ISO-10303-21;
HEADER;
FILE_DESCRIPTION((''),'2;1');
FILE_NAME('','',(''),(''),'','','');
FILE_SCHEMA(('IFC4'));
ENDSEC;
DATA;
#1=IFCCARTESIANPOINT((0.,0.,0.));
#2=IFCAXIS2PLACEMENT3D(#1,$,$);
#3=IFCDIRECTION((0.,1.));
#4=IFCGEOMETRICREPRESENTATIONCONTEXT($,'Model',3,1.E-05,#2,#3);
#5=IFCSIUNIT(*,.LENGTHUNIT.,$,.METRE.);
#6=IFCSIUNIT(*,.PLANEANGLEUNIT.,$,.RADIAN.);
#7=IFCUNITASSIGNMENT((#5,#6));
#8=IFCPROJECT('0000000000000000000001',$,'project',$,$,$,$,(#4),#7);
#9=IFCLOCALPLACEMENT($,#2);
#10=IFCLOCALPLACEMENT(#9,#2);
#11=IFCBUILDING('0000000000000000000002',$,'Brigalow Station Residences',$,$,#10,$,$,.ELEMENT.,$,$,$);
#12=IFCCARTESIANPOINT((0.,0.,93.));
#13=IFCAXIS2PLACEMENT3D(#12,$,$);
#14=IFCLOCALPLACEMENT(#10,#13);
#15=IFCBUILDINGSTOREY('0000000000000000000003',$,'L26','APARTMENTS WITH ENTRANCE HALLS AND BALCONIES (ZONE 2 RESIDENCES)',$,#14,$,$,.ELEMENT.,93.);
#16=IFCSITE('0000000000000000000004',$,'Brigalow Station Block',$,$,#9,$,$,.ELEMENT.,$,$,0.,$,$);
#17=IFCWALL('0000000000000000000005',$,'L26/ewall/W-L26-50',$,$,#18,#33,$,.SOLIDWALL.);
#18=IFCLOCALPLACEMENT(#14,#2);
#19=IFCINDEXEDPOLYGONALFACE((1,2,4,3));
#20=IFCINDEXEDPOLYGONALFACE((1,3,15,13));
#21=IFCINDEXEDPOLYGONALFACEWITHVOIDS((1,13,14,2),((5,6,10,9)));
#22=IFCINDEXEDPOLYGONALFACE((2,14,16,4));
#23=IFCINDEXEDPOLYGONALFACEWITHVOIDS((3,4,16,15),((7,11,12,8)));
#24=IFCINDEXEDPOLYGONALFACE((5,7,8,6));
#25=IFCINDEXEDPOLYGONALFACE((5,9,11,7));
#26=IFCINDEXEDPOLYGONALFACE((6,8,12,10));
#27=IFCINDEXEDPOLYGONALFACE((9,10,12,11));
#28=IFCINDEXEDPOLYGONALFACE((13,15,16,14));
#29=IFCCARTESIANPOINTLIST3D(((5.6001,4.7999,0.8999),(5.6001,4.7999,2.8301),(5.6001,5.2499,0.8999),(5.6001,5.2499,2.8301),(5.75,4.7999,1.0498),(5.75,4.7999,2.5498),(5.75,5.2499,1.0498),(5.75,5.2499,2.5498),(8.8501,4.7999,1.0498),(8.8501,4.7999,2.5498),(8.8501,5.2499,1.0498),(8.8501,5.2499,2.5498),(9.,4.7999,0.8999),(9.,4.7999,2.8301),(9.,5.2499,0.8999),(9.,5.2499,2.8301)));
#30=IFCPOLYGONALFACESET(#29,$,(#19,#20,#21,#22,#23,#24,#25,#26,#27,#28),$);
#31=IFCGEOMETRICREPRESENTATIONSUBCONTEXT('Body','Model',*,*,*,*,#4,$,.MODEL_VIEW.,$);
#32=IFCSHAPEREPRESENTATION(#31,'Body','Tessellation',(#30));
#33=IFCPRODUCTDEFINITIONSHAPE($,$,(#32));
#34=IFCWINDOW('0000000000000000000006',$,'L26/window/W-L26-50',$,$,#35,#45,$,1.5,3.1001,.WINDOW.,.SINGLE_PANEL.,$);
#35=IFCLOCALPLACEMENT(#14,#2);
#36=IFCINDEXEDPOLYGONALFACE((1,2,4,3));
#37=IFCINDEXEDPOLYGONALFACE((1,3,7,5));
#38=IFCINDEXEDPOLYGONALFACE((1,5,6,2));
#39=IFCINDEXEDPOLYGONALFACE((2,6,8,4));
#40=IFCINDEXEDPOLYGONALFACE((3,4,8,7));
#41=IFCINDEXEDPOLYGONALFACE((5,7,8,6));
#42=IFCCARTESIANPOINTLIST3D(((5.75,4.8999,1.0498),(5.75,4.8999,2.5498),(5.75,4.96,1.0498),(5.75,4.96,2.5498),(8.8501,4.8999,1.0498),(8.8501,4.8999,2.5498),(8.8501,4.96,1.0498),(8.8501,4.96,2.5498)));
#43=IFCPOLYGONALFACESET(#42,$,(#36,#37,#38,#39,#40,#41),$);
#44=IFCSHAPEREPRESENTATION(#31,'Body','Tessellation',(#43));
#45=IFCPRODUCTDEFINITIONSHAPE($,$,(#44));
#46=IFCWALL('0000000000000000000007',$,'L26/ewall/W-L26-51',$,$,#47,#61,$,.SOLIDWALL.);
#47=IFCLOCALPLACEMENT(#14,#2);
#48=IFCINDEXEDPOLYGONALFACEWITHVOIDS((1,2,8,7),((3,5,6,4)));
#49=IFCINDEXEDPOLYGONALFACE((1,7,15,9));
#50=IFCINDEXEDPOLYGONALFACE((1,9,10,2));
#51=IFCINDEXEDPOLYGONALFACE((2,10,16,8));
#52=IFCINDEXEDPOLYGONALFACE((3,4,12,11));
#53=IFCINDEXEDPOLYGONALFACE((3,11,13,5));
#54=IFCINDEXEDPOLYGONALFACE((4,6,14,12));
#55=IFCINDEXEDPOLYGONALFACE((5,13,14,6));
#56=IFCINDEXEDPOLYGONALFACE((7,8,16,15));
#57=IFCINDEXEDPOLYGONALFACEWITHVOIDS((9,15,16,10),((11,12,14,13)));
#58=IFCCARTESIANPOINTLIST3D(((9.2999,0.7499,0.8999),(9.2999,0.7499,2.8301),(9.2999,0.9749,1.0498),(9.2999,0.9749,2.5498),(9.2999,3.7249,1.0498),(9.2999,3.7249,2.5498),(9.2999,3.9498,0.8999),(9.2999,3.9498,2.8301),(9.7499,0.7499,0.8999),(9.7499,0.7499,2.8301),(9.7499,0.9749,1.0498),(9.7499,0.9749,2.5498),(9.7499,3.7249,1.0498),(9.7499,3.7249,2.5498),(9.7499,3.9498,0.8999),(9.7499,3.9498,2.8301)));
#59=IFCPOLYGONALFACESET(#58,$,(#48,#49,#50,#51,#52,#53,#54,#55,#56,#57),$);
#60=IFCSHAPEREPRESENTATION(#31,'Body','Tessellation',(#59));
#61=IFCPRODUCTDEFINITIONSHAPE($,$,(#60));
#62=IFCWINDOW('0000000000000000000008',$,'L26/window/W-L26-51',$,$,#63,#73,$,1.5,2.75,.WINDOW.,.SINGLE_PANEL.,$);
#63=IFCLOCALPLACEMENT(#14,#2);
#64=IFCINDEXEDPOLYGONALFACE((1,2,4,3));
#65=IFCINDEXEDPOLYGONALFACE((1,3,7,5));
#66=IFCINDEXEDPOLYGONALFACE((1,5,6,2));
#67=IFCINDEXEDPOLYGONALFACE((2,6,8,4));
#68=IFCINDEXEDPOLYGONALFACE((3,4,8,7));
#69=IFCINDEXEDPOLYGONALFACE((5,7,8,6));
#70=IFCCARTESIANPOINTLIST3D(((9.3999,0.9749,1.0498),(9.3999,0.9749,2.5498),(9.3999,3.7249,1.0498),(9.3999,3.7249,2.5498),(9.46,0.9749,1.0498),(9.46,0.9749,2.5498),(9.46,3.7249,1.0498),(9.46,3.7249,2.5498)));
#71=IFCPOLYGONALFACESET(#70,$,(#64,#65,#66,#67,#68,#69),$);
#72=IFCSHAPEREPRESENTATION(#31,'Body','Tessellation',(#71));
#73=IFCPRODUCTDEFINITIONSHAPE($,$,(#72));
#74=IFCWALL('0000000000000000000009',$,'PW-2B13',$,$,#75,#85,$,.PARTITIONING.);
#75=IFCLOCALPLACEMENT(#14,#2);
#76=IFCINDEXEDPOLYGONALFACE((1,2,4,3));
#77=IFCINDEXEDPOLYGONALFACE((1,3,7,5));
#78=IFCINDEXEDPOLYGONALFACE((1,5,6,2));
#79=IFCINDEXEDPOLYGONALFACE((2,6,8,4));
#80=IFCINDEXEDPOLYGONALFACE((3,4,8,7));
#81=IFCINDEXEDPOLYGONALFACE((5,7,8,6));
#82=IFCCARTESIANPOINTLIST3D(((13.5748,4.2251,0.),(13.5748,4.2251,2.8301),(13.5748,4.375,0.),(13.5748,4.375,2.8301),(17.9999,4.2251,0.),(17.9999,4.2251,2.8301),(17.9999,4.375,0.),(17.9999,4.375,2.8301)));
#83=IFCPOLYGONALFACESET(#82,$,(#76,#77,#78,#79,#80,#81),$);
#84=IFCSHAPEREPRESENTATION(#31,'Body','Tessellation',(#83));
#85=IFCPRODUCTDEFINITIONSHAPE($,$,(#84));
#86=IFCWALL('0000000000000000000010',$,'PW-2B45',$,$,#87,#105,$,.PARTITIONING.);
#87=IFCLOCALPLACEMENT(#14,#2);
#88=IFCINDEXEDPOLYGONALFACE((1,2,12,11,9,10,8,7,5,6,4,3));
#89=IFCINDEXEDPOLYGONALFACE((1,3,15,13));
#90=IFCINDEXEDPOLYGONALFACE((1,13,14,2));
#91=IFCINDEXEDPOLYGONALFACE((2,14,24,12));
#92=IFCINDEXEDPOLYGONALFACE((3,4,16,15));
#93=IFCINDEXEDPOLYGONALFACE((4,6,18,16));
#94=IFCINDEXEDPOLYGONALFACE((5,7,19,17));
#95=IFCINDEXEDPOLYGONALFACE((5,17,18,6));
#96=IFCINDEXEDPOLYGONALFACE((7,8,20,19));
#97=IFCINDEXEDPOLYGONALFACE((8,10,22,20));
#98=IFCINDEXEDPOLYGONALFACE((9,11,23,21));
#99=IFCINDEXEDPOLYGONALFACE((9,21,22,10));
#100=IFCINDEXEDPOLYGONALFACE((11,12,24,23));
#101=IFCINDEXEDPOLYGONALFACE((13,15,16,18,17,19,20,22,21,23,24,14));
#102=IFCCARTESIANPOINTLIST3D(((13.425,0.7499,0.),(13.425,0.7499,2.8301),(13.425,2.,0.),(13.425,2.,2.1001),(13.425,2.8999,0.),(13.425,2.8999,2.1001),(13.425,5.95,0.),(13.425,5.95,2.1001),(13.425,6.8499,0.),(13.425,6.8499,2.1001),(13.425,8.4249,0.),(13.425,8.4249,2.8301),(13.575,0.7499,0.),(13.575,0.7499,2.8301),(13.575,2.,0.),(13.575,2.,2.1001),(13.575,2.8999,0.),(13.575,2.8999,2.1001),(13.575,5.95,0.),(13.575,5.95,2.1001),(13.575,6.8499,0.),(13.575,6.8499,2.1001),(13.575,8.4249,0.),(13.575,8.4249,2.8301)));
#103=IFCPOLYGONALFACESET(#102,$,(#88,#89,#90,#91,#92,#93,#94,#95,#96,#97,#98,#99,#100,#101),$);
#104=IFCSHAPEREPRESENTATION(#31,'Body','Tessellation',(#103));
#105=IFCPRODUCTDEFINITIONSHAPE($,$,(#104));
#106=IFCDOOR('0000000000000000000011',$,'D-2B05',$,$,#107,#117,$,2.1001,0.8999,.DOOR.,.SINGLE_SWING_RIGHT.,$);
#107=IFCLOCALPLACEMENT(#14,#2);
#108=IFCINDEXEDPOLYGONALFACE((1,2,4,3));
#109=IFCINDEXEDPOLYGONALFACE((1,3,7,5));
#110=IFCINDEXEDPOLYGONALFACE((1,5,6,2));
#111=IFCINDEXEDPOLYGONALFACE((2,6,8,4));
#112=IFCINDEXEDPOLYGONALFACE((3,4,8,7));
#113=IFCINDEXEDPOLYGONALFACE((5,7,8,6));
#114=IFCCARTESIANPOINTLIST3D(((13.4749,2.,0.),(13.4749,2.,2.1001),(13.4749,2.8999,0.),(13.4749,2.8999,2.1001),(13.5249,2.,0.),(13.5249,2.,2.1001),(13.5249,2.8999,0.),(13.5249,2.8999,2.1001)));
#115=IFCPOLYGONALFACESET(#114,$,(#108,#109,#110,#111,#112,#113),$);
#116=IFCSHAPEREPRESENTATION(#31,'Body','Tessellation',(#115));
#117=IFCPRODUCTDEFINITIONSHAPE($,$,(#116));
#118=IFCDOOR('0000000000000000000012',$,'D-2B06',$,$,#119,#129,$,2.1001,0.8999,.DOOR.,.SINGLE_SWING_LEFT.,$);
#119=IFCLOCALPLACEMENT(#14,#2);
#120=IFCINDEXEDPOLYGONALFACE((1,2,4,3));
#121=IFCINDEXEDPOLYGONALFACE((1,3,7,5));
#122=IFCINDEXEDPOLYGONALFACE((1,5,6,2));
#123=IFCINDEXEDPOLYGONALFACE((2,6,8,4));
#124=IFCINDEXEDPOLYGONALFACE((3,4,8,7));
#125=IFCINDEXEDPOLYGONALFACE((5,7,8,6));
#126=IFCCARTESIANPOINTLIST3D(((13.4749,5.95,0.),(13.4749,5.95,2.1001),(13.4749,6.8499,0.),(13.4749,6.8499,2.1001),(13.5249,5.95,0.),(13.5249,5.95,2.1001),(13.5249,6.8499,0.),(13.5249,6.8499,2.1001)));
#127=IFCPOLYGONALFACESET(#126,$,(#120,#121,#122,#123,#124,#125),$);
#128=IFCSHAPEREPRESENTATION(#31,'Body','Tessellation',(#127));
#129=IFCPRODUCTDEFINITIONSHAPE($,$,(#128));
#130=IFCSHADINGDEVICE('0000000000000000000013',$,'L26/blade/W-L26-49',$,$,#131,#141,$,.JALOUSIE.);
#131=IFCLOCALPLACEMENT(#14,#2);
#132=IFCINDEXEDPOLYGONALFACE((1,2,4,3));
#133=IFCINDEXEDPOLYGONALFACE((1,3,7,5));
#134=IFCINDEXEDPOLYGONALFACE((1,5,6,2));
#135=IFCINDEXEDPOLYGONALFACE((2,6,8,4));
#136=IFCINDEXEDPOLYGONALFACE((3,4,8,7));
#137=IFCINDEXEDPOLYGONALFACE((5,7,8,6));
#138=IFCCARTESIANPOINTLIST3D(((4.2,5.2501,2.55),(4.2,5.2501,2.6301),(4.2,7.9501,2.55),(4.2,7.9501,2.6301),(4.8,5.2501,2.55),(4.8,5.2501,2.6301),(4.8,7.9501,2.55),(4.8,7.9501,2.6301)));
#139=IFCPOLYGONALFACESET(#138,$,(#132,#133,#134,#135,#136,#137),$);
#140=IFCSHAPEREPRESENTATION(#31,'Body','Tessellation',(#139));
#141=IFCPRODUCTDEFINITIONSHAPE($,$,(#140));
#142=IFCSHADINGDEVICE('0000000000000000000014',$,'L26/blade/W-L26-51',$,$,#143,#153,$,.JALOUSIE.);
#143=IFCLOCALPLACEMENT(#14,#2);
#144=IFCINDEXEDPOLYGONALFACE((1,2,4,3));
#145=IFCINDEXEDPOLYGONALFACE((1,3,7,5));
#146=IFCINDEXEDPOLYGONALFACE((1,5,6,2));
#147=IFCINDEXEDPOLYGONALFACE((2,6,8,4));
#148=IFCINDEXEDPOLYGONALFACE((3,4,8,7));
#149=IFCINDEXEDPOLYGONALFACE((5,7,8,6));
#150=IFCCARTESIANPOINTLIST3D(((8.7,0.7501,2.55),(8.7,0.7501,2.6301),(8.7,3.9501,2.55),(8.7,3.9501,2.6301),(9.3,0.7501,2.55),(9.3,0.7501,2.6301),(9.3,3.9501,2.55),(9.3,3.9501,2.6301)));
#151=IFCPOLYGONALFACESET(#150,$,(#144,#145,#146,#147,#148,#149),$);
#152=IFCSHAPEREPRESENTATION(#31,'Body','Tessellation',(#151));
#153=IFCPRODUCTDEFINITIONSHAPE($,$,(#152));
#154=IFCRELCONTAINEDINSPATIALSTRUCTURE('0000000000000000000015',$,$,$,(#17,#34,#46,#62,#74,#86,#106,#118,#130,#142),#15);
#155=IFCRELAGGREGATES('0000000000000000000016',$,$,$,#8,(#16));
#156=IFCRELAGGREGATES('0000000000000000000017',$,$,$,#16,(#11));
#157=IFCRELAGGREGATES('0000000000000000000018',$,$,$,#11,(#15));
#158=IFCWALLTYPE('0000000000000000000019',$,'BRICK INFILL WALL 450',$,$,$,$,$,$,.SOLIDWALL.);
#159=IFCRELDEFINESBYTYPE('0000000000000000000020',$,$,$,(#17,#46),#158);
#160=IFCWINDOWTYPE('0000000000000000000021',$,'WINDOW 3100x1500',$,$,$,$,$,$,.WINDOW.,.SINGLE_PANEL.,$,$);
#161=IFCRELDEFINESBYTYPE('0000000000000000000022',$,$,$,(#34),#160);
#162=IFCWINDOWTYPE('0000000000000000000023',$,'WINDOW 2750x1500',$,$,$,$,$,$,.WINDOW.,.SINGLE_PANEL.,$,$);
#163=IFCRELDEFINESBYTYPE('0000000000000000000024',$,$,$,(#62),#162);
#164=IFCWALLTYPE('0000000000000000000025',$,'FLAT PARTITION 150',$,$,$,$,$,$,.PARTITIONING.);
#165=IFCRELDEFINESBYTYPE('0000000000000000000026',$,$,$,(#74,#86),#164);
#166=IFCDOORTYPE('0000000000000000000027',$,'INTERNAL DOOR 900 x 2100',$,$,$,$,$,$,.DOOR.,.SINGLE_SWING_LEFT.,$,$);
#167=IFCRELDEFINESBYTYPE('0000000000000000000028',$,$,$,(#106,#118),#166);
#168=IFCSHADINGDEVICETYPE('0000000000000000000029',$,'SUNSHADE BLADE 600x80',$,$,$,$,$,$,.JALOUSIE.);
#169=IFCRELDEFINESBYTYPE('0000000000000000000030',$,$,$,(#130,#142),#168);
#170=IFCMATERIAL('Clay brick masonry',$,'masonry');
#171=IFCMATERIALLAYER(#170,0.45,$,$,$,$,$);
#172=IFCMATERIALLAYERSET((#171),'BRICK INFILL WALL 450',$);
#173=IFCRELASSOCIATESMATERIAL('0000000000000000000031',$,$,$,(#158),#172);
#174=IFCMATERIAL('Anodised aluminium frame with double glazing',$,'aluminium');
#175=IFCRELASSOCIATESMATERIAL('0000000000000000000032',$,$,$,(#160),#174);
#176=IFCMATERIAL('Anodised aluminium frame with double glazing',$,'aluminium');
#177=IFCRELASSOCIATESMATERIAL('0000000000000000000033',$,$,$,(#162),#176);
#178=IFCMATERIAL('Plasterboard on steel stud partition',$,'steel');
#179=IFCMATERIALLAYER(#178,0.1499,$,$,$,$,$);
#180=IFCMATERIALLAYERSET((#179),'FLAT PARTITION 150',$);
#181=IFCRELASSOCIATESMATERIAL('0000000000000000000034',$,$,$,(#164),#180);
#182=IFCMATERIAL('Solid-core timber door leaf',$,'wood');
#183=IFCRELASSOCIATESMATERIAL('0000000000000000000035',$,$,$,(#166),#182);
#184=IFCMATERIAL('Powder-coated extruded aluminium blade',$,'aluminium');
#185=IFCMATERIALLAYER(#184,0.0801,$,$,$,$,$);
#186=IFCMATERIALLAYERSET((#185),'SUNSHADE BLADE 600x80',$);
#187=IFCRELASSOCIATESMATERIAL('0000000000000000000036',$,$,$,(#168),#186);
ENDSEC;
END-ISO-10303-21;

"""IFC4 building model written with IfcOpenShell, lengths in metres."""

from ifc_helpers import new_model, si_unit, direction, frame, frame_2d, origin, origin_2d, place, context, subcontext, project, spatial, rectangle, extrude, material, layer, layer_set, type_object, element, fill, save


model = new_model("IFC4")

# Units and contexts
model_context = context("Model", 3, precision=1e-05, world=origin(), true_north=direction((0.0, 1.0)))
body_context = subcontext(model_context, "Body", "Model", "MODEL_VIEW")
ifc_project = project(units=[si_unit("LENGTHUNIT", "METRE"), si_unit("PLANEANGLEUNIT", "RADIAN")], contexts=[model_context])

# Site, building, storey
site_placement = place(None, origin())
site = spatial("IfcSite", under=ifc_project, at=site_placement, Name="Brigalow Station Block", CompositionType="ELEMENT", RefElevation=0.0)
building_placement = place(site_placement, origin())
building = spatial("IfcBuilding", under=site, at=building_placement, Name="Brigalow Station Residences", CompositionType="ELEMENT")
storey_placement = place(building_placement, frame((0.0, 0.0, 93.0)))
storey = spatial("IfcBuildingStorey", under=building, at=storey_placement, Name="L26", Description="APARTMENTS WITH ENTRANCE HALLS AND BALCONIES (ZONE 2 RESIDENCES)", CompositionType="ELEMENT", Elevation=93.0)

# Walls, openings, windows
ifc_material_1 = material(Name="Clay brick masonry", Category="masonry")
ifc_layer_1 = layer(ifc_material_1, 0.45)
ifc_layer_set_1 = layer_set([ifc_layer_1], Name="BRICK INFILL WALL 450")
wall_type_1 = type_object("IfcWallType", Name="BRICK INFILL WALL 450", PredefinedType="SOLIDWALL", material=ifc_layer_set_1)
wall_1_placement = place(storey_placement, frame((5.6001, 5.0249, 0.8999), z_axis=(0.0, 0.0, 1.0), x_axis=(1.0, 0.0, 0.0)))
wall_1 = element("IfcWall", 1, at=wall_1_placement, inside=storey, type_object=wall_type_1, Name="L26/ewall/W-L26-50", PredefinedType="SOLIDWALL", context=body_context, shape_type="SweptSolid", body=[
    extrude(rectangle(XDim=3.3999, YDim=0.45, at=frame_2d((1.7, 0.0))), origin(), (0.0, 0.0, 1.0), 1.9302),
])
opening_1_placement = place(wall_1_placement, frame((0.1499, 0.0, 0.1499)))
opening_1 = element("IfcOpeningElement", 2, at=opening_1_placement, cuts=wall_1, PredefinedType="OPENING", context=body_context, shape_type="SweptSolid", body=[
    extrude(rectangle(XDim=3.1001, YDim=1.5, at=frame_2d((1.55, 0.75))), frame((0.0, 0.2349, 0.0), z_axis=(0.0, -1.0, 0.0), x_axis=(1.0, 0.0, 0.0)), (0.0, 0.0, 1.0), 0.47),
])
ifc_material_2 = material(Name="Anodised aluminium frame with double glazing", Category="aluminium")
window_type_1 = type_object("IfcWindowType", Name="WINDOW 3100x1500", PartitioningType="SINGLE_PANEL", PredefinedType="WINDOW", material=ifc_material_2)
window_1_placement = place(opening_1_placement, origin())
window_1 = element("IfcWindow", 3, at=window_1_placement, inside=storey, type_object=window_type_1, Name="L26/window/W-L26-50", OverallHeight=1.5, OverallWidth=3.1001, PartitioningType="SINGLE_PANEL", PredefinedType="WINDOW", context=body_context, shape_type="SweptSolid", body=[
    extrude(rectangle(XDim=3.1001, YDim=1.5, at=frame_2d((1.55, 0.75))), frame((0.0, -0.0649, 0.0), z_axis=(0.0, -1.0, 0.0), x_axis=(1.0, 0.0, 0.0)), (0.0, 0.0, 1.0), 0.0601),
])
fill(opening_1, window_1)
wall_2_placement = place(storey_placement, frame((9.5249, 3.95, 0.8999), z_axis=(0.0, 0.0, 1.0), x_axis=(0.0, -1.0, 0.0)))
wall_2 = element("IfcWall", 4, at=wall_2_placement, inside=storey, type_object=wall_type_1, Name="L26/ewall/W-L26-51", PredefinedType="SOLIDWALL", context=body_context, shape_type="SweptSolid", body=[
    extrude(rectangle(XDim=3.2, YDim=0.45, at=frame_2d((1.6001, 0.0))), origin(), (0.0, 0.0, 1.0), 1.9302),
])
opening_2_placement = place(wall_2_placement, frame((0.2251, 0.0, 0.1499)))
opening_2 = element("IfcOpeningElement", 5, at=opening_2_placement, cuts=wall_2, PredefinedType="OPENING", context=body_context, shape_type="SweptSolid", body=[
    extrude(rectangle(XDim=2.75, YDim=1.5, at=frame_2d((1.375, 0.75))), frame((0.0, 0.2349, 0.0), z_axis=(0.0, -1.0, 0.0), x_axis=(1.0, 0.0, 0.0)), (0.0, 0.0, 1.0), 0.47),
])
ifc_material_3 = material(Name="Anodised aluminium frame with double glazing", Category="aluminium")
window_type_2 = type_object("IfcWindowType", Name="WINDOW 2750x1500", PartitioningType="SINGLE_PANEL", PredefinedType="WINDOW", material=ifc_material_3)
window_2_placement = place(opening_2_placement, origin())
window_2 = element("IfcWindow", 6, at=window_2_placement, inside=storey, type_object=window_type_2, Name="L26/window/W-L26-51", OverallHeight=1.5, OverallWidth=2.75, PartitioningType="SINGLE_PANEL", PredefinedType="WINDOW", context=body_context, shape_type="SweptSolid", body=[
    extrude(rectangle(XDim=2.75, YDim=1.5, at=frame_2d((1.375, 0.75))), frame((0.0, -0.0649, 0.0), z_axis=(0.0, -1.0, 0.0), x_axis=(1.0, 0.0, 0.0)), (0.0, 0.0, 1.0), 0.0601),
])
fill(opening_2, window_2)

# Wall
ifc_material_4 = material(Name="Plasterboard on steel stud partition", Category="steel")
ifc_layer_2 = layer(ifc_material_4, 0.1499)
ifc_layer_set_2 = layer_set([ifc_layer_2], Name="FLAT PARTITION 150")
wall_type_2 = type_object("IfcWallType", Name="FLAT PARTITION 150", PredefinedType="PARTITIONING", material=ifc_layer_set_2)
wall_3_placement = place(storey_placement, frame((13.575, 4.3, 0.0), z_axis=(0.0, 0.0, 1.0), x_axis=(1.0, 0.0, 0.0)))
element("IfcWall", 7, at=wall_3_placement, inside=storey, type_object=wall_type_2, Name="PW-2B13", PredefinedType="PARTITIONING", context=body_context, shape_type="SweptSolid", body=[
    extrude(rectangle(XDim=4.425, YDim=0.1499, at=frame_2d((2.2124, 0.0))), origin(), (0.0, 0.0, 1.0), 2.8301),
])

# Wall, openings, doors
wall_4_placement = place(storey_placement, frame((13.5, 0.75, 0.0), z_axis=(0.0, 0.0, 1.0), x_axis=(0.0, 1.0, 0.0)))
wall_4 = element("IfcWall", 8, at=wall_4_placement, inside=storey, type_object=wall_type_2, Name="PW-2B45", PredefinedType="PARTITIONING", context=body_context, shape_type="SweptSolid", body=[
    extrude(rectangle(XDim=7.675, YDim=0.1499, at=frame_2d((3.8374, 0.0))), origin(), (0.0, 0.0, 1.0), 2.8301),
])
opening_3_placement = place(wall_4_placement, frame((1.25, 0.0, 0.0)))
opening_3 = element("IfcOpeningElement", 9, at=opening_3_placement, cuts=wall_4, PredefinedType="OPENING", context=body_context, shape_type="SweptSolid", body=[
    extrude(rectangle(XDim=0.8999, YDim=2.1001, at=frame_2d((0.45, 1.05))), frame((0.0, 0.085, 0.0), z_axis=(0.0, -1.0, 0.0), x_axis=(1.0, 0.0, 0.0)), (0.0, 0.0, 1.0), 0.1699),
])
opening_4_placement = place(wall_4_placement, frame((5.2, 0.0, 0.0)))
opening_4 = element("IfcOpeningElement", 10, at=opening_4_placement, cuts=wall_4, PredefinedType="OPENING", context=body_context, shape_type="SweptSolid", body=[
    extrude(rectangle(XDim=0.8999, YDim=2.1001, at=frame_2d((0.45, 1.05))), frame((0.0, 0.085, 0.0), z_axis=(0.0, -1.0, 0.0), x_axis=(1.0, 0.0, 0.0)), (0.0, 0.0, 1.0), 0.1699),
])
ifc_material_5 = material(Name="Solid-core timber door leaf", Category="wood")
door_type = type_object("IfcDoorType", Name="INTERNAL DOOR 900 x 2100", OperationType="SINGLE_SWING_LEFT", PredefinedType="DOOR", material=ifc_material_5)
door_1_placement = place(opening_3_placement, frame((0.8999, 0.0, 0.0), z_axis=(0.0, 0.0, 1.0), x_axis=(-1.0, 0.0, 0.0)))
door_1 = element("IfcDoor", 11, at=door_1_placement, inside=storey, type_object=door_type, Name="D-2B05", OperationType="SINGLE_SWING_RIGHT", OverallHeight=2.1001, OverallWidth=0.8999, PredefinedType="DOOR", context=body_context, shape_type="SweptSolid", body=[
    extrude(rectangle(XDim=0.8999, YDim=2.1001, at=frame_2d((0.45, 1.05))), frame((0.0, 0.0249, 0.0), z_axis=(0.0, -1.0, 0.0), x_axis=(1.0, 0.0, 0.0)), (0.0, 0.0, 1.0), 0.05),
])
fill(opening_3, door_1)
door_2_placement = place(opening_4_placement, frame((0.8999, 0.0, 0.0), z_axis=(0.0, 0.0, 1.0), x_axis=(-1.0, 0.0, 0.0)))
door_2 = element("IfcDoor", 12, at=door_2_placement, inside=storey, type_object=door_type, Name="D-2B06", OperationType="SINGLE_SWING_LEFT", OverallHeight=2.1001, OverallWidth=0.8999, PredefinedType="DOOR", context=body_context, shape_type="SweptSolid", body=[
    extrude(rectangle(XDim=0.8999, YDim=2.1001, at=frame_2d((0.45, 1.05))), frame((0.0, 0.0249, 0.0), z_axis=(0.0, -1.0, 0.0), x_axis=(1.0, 0.0, 0.0)), (0.0, 0.0, 1.0), 0.05),
])
fill(opening_4, door_2)

# Shading devices
ifc_material_6 = material(Name="Powder-coated extruded aluminium blade", Category="aluminium")
ifc_layer_3 = layer(ifc_material_6, 0.0801)
ifc_layer_set_3 = layer_set([ifc_layer_3], Name="SUNSHADE BLADE 600x80")
shading_device_type = type_object("IfcShadingDeviceType", Name="SUNSHADE BLADE 600x80", PredefinedType="JALOUSIE", material=ifc_layer_set_3)
shading_device_1_placement = place(storey_placement, frame((4.5, 6.6001, 2.55), z_axis=(0.0, 0.0, 1.0), x_axis=(0.0, -1.0, 0.0)))
element("IfcShadingDevice", 13, at=shading_device_1_placement, inside=storey, type_object=shading_device_type, Name="L26/blade/W-L26-49", PredefinedType="JALOUSIE", context=body_context, shape_type="SweptSolid", body=[
    extrude(rectangle(XDim=2.7, YDim=0.6001, at=origin_2d()), origin(), (0.0, 0.0, 1.0), 0.0801),
])
shading_device_2_placement = place(storey_placement, frame((9.0, 2.3501, 2.55), z_axis=(0.0, 0.0, 1.0), x_axis=(0.0, -1.0, 0.0)))
element("IfcShadingDevice", 14, at=shading_device_2_placement, inside=storey, type_object=shading_device_type, Name="L26/blade/W-L26-51", PredefinedType="JALOUSIE", context=body_context, shape_type="SweptSolid", body=[
    extrude(rectangle(XDim=3.2, YDim=0.6001, at=origin_2d()), origin(), (0.0, 0.0, 1.0), 0.0801),
])

save(model, "model.ifc")
